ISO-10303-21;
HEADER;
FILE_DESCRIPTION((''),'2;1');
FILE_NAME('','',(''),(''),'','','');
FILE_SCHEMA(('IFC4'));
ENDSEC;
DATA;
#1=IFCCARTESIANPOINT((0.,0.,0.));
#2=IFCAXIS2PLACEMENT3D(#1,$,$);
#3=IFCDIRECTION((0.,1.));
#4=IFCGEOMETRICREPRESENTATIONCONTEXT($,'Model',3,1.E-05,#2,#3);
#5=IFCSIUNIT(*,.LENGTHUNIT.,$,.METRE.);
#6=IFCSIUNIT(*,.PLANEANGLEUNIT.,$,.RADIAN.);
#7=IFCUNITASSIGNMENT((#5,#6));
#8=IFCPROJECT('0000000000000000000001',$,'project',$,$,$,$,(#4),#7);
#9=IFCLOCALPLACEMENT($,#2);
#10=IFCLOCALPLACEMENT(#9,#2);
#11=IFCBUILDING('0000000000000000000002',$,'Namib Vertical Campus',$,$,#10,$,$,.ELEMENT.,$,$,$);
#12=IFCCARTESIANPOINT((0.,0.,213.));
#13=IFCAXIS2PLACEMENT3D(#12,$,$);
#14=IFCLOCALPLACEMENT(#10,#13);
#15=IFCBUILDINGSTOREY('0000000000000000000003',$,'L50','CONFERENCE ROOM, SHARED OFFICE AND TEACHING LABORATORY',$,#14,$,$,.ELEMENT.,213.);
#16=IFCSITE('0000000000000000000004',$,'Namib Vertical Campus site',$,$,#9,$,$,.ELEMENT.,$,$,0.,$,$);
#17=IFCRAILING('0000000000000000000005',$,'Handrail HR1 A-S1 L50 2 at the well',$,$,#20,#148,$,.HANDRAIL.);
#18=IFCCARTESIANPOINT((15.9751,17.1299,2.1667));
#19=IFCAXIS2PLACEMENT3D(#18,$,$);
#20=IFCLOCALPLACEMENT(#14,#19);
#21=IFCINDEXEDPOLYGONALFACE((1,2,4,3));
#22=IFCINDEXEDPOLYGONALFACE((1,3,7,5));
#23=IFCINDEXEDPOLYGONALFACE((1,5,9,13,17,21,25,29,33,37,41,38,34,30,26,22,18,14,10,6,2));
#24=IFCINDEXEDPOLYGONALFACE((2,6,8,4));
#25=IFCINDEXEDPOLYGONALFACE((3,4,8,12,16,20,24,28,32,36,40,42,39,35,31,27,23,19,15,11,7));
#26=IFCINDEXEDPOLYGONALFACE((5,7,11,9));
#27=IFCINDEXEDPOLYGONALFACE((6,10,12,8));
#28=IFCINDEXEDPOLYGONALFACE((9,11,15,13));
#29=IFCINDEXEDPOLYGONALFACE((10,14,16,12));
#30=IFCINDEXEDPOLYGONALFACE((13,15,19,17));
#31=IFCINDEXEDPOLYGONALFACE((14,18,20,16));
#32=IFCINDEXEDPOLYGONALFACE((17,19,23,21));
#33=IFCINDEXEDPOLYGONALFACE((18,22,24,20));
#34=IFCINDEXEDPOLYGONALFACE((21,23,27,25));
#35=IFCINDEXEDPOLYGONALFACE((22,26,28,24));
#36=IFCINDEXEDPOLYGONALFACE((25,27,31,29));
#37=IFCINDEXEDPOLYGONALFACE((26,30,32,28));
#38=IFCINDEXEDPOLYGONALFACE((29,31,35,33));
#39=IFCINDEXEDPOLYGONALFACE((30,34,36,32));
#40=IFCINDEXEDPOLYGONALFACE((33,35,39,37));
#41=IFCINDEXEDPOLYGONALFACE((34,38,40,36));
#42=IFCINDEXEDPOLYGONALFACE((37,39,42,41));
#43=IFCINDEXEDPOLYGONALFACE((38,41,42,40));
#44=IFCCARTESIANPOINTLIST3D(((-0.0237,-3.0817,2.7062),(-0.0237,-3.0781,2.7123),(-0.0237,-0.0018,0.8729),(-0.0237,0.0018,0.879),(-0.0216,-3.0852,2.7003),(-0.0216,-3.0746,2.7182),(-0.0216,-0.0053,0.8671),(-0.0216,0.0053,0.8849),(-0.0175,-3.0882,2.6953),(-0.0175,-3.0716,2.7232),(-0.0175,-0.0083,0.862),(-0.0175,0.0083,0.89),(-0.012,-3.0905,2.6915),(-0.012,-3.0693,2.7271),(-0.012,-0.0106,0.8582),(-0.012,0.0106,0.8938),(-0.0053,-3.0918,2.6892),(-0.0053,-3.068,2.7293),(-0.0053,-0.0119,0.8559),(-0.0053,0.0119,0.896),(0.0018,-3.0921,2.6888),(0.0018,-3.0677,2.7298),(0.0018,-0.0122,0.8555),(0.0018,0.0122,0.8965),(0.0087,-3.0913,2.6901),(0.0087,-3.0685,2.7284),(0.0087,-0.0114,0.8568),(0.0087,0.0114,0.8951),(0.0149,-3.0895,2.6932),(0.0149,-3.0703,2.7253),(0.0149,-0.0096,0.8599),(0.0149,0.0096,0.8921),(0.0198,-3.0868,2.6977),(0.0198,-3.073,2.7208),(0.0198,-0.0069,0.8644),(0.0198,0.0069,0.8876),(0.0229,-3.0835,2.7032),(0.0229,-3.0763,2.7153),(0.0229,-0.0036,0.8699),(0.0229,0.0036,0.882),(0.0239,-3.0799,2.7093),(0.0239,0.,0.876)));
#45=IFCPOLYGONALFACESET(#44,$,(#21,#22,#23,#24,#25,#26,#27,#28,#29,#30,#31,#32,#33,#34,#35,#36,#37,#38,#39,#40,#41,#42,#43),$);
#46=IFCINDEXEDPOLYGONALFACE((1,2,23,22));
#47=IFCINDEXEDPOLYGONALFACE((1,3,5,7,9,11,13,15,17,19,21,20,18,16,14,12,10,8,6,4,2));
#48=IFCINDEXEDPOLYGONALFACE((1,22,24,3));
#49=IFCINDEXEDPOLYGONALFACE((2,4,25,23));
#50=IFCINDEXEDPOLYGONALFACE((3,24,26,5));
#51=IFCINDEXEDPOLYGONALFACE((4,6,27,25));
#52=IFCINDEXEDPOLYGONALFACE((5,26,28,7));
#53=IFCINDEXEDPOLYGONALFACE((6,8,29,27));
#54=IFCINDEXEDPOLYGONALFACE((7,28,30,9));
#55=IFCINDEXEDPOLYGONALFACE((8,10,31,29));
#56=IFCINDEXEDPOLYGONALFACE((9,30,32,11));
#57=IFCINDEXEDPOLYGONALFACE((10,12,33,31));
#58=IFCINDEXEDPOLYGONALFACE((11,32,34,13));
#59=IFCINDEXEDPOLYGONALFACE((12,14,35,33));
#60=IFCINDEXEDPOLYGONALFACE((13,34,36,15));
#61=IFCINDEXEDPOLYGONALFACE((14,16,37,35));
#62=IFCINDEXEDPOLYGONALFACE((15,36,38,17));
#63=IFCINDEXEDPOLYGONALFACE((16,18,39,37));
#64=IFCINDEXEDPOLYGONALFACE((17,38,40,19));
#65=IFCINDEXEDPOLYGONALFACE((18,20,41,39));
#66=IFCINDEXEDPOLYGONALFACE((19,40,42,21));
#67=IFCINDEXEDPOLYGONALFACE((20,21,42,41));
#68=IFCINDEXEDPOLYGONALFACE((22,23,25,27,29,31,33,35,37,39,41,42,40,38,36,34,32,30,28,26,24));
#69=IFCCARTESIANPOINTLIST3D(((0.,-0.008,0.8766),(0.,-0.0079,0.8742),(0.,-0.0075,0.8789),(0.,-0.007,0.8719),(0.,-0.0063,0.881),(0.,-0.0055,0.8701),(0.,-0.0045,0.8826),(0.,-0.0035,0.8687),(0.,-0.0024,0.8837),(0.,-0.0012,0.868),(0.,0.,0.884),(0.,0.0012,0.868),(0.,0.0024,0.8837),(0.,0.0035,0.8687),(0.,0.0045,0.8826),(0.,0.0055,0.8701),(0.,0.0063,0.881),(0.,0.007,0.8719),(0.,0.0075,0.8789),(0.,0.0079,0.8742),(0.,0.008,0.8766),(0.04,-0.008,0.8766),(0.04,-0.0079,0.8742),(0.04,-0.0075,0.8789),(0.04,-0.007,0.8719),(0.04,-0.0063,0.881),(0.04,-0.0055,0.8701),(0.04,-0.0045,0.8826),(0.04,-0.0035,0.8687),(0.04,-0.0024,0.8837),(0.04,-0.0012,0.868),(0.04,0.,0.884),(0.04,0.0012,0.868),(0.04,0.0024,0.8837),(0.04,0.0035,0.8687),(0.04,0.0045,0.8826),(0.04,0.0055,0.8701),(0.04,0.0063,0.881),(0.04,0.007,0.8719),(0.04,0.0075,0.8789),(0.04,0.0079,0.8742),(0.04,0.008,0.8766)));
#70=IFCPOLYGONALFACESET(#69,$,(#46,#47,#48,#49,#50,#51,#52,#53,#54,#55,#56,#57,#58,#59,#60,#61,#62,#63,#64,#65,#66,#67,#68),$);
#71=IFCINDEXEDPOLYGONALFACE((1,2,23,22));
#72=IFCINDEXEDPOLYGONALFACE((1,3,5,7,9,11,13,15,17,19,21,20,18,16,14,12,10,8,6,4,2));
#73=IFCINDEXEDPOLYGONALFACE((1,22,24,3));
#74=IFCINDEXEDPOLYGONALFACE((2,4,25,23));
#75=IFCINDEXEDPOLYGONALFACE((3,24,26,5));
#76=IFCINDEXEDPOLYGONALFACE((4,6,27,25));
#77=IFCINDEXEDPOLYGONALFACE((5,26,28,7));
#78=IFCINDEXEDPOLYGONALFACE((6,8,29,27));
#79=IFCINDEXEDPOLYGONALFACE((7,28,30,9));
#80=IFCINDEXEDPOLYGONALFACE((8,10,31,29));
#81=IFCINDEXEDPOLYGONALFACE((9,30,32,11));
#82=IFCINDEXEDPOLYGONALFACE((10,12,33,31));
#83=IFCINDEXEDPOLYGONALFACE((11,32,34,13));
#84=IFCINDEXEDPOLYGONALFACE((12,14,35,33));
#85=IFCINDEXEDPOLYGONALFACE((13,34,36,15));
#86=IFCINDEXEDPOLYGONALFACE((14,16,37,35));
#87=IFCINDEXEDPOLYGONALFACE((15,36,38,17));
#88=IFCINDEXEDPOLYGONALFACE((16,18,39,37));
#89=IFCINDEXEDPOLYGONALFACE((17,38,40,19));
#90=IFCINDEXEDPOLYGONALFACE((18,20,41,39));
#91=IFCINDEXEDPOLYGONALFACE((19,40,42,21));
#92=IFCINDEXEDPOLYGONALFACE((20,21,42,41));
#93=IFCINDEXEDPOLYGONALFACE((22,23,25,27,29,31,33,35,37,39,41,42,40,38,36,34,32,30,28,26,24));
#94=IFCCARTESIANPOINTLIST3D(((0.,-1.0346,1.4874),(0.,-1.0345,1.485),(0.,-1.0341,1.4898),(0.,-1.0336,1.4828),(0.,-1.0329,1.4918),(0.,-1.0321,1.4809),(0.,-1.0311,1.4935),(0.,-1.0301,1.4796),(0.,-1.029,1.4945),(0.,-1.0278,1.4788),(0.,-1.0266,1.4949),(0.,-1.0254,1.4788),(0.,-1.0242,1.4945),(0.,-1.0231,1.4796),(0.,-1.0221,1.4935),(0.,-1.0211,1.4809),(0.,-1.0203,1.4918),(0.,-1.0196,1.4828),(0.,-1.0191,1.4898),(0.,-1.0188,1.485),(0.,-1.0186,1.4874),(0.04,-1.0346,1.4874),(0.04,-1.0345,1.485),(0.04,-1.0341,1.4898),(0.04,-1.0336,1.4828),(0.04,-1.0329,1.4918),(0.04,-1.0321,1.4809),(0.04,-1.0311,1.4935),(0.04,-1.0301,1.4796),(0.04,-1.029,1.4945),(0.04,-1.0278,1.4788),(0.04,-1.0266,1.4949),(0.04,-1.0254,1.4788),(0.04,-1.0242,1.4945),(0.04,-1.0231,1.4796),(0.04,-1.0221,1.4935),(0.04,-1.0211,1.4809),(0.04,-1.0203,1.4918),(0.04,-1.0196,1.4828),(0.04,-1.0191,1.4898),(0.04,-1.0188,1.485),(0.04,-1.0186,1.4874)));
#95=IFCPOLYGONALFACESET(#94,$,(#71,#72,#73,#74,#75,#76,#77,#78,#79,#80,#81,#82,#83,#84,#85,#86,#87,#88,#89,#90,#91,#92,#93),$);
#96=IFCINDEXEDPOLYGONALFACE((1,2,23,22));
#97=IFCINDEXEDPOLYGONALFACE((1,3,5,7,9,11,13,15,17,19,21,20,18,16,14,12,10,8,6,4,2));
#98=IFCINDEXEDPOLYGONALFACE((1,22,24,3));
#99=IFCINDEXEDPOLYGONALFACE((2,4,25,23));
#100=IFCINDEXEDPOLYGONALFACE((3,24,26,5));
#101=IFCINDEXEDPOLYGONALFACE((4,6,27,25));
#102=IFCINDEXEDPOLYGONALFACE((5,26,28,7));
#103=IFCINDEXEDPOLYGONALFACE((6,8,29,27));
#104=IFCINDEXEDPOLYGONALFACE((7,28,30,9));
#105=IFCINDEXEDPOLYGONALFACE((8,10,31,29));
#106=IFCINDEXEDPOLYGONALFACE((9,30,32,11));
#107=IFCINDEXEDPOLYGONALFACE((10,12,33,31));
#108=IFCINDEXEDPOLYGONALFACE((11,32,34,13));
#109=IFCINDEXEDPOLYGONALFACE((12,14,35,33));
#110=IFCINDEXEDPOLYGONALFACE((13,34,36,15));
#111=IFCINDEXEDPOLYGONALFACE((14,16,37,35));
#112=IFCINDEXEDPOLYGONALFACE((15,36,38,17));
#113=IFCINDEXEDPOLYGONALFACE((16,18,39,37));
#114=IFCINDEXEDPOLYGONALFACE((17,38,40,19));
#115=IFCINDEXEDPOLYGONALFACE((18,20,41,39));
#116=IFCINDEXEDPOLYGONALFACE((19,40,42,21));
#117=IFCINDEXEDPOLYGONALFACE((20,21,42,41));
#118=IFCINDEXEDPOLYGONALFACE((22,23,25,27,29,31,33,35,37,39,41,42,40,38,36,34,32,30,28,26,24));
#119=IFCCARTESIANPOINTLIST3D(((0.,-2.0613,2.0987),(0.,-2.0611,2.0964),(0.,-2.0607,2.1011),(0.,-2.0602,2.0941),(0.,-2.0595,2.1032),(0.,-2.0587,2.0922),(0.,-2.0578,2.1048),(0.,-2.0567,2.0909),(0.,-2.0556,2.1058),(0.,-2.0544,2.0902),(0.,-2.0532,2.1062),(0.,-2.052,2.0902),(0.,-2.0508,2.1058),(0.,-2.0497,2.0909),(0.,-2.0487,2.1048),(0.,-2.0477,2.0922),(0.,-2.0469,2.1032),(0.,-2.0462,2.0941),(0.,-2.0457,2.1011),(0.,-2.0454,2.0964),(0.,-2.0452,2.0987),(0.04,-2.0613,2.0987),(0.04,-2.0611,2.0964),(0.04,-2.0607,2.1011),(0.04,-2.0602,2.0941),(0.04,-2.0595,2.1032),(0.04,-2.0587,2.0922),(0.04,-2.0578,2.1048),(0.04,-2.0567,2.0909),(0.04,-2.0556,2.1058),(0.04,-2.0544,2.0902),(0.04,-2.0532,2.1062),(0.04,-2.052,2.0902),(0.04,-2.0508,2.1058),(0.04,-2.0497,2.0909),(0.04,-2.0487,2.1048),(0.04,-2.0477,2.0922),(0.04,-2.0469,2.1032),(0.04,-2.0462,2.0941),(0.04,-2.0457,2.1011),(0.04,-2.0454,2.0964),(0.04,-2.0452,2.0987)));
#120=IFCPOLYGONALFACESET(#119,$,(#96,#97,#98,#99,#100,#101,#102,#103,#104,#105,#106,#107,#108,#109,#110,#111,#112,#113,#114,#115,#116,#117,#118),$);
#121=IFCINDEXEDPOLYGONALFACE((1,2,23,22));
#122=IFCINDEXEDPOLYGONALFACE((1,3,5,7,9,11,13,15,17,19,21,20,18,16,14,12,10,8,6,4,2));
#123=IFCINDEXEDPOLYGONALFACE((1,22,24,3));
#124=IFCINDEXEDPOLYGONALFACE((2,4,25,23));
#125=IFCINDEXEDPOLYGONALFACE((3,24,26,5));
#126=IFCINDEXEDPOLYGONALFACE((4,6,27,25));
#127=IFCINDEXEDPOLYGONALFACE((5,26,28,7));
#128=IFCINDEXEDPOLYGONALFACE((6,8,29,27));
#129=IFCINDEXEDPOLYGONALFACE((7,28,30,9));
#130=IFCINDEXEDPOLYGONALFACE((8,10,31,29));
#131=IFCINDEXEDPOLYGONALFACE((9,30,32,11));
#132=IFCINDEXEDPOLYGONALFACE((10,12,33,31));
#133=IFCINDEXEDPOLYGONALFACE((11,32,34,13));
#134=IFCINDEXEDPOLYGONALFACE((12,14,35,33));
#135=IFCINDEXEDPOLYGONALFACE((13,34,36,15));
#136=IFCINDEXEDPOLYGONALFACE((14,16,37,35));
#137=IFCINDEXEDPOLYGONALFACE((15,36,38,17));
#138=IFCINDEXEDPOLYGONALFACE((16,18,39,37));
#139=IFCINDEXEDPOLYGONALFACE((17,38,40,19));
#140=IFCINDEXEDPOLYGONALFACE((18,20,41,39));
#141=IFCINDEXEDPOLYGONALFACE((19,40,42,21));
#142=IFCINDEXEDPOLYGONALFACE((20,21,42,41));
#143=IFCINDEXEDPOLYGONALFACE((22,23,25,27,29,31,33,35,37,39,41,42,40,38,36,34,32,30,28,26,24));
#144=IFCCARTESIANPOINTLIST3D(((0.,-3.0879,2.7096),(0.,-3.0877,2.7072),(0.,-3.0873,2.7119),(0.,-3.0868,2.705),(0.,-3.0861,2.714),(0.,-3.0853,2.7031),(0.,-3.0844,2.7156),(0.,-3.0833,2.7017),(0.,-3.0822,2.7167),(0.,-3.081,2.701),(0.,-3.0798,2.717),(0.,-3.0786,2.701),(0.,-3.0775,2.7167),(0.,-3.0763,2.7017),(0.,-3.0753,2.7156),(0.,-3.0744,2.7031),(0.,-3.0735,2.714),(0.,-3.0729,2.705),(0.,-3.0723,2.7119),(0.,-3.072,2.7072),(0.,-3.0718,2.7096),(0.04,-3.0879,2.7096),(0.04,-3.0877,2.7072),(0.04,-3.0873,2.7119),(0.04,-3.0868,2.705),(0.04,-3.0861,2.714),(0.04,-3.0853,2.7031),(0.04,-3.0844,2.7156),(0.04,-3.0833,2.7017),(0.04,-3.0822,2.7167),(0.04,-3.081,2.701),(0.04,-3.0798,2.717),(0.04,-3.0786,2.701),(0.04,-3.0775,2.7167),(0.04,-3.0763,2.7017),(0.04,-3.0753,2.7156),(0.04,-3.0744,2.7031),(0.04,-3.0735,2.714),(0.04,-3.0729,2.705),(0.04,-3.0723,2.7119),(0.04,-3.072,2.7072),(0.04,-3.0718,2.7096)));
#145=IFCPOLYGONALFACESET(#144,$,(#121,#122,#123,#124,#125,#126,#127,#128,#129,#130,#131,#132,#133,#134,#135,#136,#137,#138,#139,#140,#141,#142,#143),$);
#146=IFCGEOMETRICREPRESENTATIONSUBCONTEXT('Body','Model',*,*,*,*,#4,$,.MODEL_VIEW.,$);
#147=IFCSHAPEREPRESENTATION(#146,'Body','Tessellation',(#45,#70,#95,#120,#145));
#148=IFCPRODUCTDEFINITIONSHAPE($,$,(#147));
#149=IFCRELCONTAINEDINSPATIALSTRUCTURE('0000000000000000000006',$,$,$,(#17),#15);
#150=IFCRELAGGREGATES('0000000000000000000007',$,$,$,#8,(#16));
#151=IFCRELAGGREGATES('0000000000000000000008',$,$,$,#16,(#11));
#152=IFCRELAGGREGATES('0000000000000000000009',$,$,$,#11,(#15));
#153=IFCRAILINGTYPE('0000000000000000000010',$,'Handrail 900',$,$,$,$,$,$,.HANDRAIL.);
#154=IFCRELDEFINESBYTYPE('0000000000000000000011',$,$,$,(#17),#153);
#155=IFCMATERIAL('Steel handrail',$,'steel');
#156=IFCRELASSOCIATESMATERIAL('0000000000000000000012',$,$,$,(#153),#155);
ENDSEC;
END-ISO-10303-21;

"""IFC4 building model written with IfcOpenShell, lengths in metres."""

from ifc_helpers import new_model, si_unit, direction, frame, origin, origin_2d, place, context, subcontext, project, spatial, circle, extrude, material, type_object, element, save


model = new_model("IFC4")

# Units and contexts
model_context = context("Model", 3, precision=1e-05, world=origin(), true_north=direction((0.0, 1.0)))
body_context = subcontext(model_context, "Body", "Model", "MODEL_VIEW")
ifc_project = project(units=[si_unit("LENGTHUNIT", "METRE"), si_unit("PLANEANGLEUNIT", "RADIAN")], contexts=[model_context])

# Site, building, storey
site_placement = place(None, origin())
site = spatial("IfcSite", under=ifc_project, at=site_placement, Name="Namib Vertical Campus site", CompositionType="ELEMENT", RefElevation=0.0)
building_placement = place(site_placement, origin())
building = spatial("IfcBuilding", under=site, at=building_placement, Name="Namib Vertical Campus", CompositionType="ELEMENT")
storey_placement = place(building_placement, frame((0.0, 0.0, 213.0)))
storey = spatial("IfcBuildingStorey", under=building, at=storey_placement, Name="L50", Description="CONFERENCE ROOM, SHARED OFFICE AND TEACHING LABORATORY", CompositionType="ELEMENT", Elevation=213.0)

# Railing
ifc_material_1 = material(Name="Steel handrail", Category="steel")
railing_type_1 = type_object("IfcRailingType", Name="Handrail 900", PredefinedType="HANDRAIL", material=ifc_material_1)
railing_1_placement = place(storey_placement, frame((15.9751, 17.1299, 2.1667)))
element("IfcRailing", 1, at=railing_1_placement, inside=storey, type_object=railing_type_1, Name="Handrail HR1 A-S1 L50 2 at the well", PredefinedType="HANDRAIL", context=body_context, shape_type="SweptSolid", body=[
    extrude(circle(Radius=0.0239, at=origin_2d()), frame((0.0, 0.0, 0.876), z_axis=(0.0, -0.859291, 0.511487), x_axis=(1.0, 0.0, 0.0)), (0.0, 0.0, 1.0), 3.5842),
    extrude(circle(Radius=0.0081, at=origin_2d()), frame((0.0, 0.0, 0.876), z_axis=(1.0, 0.0, 0.0), x_axis=(0.0, 0.0, 1.0)), (0.0, 0.0, 1.0), 0.04),
    extrude(circle(Radius=0.0081, at=origin_2d()), frame((0.0, -1.0266, 1.4868), z_axis=(1.0, 0.0, 0.0), x_axis=(0.0, 0.0, 1.0)), (0.0, 0.0, 1.0), 0.04),
    extrude(circle(Radius=0.0081, at=origin_2d()), frame((0.0, -2.0532, 2.0981), z_axis=(1.0, 0.0, 0.0), x_axis=(0.0, 0.0, 1.0)), (0.0, 0.0, 1.0), 0.04),
    extrude(circle(Radius=0.0081, at=origin_2d()), frame((0.0, -3.0798, 2.709), z_axis=(1.0, 0.0, 0.0), x_axis=(0.0, 0.0, 1.0)), (0.0, 0.0, 1.0), 0.04),
])

save(model, "model.ifc")
